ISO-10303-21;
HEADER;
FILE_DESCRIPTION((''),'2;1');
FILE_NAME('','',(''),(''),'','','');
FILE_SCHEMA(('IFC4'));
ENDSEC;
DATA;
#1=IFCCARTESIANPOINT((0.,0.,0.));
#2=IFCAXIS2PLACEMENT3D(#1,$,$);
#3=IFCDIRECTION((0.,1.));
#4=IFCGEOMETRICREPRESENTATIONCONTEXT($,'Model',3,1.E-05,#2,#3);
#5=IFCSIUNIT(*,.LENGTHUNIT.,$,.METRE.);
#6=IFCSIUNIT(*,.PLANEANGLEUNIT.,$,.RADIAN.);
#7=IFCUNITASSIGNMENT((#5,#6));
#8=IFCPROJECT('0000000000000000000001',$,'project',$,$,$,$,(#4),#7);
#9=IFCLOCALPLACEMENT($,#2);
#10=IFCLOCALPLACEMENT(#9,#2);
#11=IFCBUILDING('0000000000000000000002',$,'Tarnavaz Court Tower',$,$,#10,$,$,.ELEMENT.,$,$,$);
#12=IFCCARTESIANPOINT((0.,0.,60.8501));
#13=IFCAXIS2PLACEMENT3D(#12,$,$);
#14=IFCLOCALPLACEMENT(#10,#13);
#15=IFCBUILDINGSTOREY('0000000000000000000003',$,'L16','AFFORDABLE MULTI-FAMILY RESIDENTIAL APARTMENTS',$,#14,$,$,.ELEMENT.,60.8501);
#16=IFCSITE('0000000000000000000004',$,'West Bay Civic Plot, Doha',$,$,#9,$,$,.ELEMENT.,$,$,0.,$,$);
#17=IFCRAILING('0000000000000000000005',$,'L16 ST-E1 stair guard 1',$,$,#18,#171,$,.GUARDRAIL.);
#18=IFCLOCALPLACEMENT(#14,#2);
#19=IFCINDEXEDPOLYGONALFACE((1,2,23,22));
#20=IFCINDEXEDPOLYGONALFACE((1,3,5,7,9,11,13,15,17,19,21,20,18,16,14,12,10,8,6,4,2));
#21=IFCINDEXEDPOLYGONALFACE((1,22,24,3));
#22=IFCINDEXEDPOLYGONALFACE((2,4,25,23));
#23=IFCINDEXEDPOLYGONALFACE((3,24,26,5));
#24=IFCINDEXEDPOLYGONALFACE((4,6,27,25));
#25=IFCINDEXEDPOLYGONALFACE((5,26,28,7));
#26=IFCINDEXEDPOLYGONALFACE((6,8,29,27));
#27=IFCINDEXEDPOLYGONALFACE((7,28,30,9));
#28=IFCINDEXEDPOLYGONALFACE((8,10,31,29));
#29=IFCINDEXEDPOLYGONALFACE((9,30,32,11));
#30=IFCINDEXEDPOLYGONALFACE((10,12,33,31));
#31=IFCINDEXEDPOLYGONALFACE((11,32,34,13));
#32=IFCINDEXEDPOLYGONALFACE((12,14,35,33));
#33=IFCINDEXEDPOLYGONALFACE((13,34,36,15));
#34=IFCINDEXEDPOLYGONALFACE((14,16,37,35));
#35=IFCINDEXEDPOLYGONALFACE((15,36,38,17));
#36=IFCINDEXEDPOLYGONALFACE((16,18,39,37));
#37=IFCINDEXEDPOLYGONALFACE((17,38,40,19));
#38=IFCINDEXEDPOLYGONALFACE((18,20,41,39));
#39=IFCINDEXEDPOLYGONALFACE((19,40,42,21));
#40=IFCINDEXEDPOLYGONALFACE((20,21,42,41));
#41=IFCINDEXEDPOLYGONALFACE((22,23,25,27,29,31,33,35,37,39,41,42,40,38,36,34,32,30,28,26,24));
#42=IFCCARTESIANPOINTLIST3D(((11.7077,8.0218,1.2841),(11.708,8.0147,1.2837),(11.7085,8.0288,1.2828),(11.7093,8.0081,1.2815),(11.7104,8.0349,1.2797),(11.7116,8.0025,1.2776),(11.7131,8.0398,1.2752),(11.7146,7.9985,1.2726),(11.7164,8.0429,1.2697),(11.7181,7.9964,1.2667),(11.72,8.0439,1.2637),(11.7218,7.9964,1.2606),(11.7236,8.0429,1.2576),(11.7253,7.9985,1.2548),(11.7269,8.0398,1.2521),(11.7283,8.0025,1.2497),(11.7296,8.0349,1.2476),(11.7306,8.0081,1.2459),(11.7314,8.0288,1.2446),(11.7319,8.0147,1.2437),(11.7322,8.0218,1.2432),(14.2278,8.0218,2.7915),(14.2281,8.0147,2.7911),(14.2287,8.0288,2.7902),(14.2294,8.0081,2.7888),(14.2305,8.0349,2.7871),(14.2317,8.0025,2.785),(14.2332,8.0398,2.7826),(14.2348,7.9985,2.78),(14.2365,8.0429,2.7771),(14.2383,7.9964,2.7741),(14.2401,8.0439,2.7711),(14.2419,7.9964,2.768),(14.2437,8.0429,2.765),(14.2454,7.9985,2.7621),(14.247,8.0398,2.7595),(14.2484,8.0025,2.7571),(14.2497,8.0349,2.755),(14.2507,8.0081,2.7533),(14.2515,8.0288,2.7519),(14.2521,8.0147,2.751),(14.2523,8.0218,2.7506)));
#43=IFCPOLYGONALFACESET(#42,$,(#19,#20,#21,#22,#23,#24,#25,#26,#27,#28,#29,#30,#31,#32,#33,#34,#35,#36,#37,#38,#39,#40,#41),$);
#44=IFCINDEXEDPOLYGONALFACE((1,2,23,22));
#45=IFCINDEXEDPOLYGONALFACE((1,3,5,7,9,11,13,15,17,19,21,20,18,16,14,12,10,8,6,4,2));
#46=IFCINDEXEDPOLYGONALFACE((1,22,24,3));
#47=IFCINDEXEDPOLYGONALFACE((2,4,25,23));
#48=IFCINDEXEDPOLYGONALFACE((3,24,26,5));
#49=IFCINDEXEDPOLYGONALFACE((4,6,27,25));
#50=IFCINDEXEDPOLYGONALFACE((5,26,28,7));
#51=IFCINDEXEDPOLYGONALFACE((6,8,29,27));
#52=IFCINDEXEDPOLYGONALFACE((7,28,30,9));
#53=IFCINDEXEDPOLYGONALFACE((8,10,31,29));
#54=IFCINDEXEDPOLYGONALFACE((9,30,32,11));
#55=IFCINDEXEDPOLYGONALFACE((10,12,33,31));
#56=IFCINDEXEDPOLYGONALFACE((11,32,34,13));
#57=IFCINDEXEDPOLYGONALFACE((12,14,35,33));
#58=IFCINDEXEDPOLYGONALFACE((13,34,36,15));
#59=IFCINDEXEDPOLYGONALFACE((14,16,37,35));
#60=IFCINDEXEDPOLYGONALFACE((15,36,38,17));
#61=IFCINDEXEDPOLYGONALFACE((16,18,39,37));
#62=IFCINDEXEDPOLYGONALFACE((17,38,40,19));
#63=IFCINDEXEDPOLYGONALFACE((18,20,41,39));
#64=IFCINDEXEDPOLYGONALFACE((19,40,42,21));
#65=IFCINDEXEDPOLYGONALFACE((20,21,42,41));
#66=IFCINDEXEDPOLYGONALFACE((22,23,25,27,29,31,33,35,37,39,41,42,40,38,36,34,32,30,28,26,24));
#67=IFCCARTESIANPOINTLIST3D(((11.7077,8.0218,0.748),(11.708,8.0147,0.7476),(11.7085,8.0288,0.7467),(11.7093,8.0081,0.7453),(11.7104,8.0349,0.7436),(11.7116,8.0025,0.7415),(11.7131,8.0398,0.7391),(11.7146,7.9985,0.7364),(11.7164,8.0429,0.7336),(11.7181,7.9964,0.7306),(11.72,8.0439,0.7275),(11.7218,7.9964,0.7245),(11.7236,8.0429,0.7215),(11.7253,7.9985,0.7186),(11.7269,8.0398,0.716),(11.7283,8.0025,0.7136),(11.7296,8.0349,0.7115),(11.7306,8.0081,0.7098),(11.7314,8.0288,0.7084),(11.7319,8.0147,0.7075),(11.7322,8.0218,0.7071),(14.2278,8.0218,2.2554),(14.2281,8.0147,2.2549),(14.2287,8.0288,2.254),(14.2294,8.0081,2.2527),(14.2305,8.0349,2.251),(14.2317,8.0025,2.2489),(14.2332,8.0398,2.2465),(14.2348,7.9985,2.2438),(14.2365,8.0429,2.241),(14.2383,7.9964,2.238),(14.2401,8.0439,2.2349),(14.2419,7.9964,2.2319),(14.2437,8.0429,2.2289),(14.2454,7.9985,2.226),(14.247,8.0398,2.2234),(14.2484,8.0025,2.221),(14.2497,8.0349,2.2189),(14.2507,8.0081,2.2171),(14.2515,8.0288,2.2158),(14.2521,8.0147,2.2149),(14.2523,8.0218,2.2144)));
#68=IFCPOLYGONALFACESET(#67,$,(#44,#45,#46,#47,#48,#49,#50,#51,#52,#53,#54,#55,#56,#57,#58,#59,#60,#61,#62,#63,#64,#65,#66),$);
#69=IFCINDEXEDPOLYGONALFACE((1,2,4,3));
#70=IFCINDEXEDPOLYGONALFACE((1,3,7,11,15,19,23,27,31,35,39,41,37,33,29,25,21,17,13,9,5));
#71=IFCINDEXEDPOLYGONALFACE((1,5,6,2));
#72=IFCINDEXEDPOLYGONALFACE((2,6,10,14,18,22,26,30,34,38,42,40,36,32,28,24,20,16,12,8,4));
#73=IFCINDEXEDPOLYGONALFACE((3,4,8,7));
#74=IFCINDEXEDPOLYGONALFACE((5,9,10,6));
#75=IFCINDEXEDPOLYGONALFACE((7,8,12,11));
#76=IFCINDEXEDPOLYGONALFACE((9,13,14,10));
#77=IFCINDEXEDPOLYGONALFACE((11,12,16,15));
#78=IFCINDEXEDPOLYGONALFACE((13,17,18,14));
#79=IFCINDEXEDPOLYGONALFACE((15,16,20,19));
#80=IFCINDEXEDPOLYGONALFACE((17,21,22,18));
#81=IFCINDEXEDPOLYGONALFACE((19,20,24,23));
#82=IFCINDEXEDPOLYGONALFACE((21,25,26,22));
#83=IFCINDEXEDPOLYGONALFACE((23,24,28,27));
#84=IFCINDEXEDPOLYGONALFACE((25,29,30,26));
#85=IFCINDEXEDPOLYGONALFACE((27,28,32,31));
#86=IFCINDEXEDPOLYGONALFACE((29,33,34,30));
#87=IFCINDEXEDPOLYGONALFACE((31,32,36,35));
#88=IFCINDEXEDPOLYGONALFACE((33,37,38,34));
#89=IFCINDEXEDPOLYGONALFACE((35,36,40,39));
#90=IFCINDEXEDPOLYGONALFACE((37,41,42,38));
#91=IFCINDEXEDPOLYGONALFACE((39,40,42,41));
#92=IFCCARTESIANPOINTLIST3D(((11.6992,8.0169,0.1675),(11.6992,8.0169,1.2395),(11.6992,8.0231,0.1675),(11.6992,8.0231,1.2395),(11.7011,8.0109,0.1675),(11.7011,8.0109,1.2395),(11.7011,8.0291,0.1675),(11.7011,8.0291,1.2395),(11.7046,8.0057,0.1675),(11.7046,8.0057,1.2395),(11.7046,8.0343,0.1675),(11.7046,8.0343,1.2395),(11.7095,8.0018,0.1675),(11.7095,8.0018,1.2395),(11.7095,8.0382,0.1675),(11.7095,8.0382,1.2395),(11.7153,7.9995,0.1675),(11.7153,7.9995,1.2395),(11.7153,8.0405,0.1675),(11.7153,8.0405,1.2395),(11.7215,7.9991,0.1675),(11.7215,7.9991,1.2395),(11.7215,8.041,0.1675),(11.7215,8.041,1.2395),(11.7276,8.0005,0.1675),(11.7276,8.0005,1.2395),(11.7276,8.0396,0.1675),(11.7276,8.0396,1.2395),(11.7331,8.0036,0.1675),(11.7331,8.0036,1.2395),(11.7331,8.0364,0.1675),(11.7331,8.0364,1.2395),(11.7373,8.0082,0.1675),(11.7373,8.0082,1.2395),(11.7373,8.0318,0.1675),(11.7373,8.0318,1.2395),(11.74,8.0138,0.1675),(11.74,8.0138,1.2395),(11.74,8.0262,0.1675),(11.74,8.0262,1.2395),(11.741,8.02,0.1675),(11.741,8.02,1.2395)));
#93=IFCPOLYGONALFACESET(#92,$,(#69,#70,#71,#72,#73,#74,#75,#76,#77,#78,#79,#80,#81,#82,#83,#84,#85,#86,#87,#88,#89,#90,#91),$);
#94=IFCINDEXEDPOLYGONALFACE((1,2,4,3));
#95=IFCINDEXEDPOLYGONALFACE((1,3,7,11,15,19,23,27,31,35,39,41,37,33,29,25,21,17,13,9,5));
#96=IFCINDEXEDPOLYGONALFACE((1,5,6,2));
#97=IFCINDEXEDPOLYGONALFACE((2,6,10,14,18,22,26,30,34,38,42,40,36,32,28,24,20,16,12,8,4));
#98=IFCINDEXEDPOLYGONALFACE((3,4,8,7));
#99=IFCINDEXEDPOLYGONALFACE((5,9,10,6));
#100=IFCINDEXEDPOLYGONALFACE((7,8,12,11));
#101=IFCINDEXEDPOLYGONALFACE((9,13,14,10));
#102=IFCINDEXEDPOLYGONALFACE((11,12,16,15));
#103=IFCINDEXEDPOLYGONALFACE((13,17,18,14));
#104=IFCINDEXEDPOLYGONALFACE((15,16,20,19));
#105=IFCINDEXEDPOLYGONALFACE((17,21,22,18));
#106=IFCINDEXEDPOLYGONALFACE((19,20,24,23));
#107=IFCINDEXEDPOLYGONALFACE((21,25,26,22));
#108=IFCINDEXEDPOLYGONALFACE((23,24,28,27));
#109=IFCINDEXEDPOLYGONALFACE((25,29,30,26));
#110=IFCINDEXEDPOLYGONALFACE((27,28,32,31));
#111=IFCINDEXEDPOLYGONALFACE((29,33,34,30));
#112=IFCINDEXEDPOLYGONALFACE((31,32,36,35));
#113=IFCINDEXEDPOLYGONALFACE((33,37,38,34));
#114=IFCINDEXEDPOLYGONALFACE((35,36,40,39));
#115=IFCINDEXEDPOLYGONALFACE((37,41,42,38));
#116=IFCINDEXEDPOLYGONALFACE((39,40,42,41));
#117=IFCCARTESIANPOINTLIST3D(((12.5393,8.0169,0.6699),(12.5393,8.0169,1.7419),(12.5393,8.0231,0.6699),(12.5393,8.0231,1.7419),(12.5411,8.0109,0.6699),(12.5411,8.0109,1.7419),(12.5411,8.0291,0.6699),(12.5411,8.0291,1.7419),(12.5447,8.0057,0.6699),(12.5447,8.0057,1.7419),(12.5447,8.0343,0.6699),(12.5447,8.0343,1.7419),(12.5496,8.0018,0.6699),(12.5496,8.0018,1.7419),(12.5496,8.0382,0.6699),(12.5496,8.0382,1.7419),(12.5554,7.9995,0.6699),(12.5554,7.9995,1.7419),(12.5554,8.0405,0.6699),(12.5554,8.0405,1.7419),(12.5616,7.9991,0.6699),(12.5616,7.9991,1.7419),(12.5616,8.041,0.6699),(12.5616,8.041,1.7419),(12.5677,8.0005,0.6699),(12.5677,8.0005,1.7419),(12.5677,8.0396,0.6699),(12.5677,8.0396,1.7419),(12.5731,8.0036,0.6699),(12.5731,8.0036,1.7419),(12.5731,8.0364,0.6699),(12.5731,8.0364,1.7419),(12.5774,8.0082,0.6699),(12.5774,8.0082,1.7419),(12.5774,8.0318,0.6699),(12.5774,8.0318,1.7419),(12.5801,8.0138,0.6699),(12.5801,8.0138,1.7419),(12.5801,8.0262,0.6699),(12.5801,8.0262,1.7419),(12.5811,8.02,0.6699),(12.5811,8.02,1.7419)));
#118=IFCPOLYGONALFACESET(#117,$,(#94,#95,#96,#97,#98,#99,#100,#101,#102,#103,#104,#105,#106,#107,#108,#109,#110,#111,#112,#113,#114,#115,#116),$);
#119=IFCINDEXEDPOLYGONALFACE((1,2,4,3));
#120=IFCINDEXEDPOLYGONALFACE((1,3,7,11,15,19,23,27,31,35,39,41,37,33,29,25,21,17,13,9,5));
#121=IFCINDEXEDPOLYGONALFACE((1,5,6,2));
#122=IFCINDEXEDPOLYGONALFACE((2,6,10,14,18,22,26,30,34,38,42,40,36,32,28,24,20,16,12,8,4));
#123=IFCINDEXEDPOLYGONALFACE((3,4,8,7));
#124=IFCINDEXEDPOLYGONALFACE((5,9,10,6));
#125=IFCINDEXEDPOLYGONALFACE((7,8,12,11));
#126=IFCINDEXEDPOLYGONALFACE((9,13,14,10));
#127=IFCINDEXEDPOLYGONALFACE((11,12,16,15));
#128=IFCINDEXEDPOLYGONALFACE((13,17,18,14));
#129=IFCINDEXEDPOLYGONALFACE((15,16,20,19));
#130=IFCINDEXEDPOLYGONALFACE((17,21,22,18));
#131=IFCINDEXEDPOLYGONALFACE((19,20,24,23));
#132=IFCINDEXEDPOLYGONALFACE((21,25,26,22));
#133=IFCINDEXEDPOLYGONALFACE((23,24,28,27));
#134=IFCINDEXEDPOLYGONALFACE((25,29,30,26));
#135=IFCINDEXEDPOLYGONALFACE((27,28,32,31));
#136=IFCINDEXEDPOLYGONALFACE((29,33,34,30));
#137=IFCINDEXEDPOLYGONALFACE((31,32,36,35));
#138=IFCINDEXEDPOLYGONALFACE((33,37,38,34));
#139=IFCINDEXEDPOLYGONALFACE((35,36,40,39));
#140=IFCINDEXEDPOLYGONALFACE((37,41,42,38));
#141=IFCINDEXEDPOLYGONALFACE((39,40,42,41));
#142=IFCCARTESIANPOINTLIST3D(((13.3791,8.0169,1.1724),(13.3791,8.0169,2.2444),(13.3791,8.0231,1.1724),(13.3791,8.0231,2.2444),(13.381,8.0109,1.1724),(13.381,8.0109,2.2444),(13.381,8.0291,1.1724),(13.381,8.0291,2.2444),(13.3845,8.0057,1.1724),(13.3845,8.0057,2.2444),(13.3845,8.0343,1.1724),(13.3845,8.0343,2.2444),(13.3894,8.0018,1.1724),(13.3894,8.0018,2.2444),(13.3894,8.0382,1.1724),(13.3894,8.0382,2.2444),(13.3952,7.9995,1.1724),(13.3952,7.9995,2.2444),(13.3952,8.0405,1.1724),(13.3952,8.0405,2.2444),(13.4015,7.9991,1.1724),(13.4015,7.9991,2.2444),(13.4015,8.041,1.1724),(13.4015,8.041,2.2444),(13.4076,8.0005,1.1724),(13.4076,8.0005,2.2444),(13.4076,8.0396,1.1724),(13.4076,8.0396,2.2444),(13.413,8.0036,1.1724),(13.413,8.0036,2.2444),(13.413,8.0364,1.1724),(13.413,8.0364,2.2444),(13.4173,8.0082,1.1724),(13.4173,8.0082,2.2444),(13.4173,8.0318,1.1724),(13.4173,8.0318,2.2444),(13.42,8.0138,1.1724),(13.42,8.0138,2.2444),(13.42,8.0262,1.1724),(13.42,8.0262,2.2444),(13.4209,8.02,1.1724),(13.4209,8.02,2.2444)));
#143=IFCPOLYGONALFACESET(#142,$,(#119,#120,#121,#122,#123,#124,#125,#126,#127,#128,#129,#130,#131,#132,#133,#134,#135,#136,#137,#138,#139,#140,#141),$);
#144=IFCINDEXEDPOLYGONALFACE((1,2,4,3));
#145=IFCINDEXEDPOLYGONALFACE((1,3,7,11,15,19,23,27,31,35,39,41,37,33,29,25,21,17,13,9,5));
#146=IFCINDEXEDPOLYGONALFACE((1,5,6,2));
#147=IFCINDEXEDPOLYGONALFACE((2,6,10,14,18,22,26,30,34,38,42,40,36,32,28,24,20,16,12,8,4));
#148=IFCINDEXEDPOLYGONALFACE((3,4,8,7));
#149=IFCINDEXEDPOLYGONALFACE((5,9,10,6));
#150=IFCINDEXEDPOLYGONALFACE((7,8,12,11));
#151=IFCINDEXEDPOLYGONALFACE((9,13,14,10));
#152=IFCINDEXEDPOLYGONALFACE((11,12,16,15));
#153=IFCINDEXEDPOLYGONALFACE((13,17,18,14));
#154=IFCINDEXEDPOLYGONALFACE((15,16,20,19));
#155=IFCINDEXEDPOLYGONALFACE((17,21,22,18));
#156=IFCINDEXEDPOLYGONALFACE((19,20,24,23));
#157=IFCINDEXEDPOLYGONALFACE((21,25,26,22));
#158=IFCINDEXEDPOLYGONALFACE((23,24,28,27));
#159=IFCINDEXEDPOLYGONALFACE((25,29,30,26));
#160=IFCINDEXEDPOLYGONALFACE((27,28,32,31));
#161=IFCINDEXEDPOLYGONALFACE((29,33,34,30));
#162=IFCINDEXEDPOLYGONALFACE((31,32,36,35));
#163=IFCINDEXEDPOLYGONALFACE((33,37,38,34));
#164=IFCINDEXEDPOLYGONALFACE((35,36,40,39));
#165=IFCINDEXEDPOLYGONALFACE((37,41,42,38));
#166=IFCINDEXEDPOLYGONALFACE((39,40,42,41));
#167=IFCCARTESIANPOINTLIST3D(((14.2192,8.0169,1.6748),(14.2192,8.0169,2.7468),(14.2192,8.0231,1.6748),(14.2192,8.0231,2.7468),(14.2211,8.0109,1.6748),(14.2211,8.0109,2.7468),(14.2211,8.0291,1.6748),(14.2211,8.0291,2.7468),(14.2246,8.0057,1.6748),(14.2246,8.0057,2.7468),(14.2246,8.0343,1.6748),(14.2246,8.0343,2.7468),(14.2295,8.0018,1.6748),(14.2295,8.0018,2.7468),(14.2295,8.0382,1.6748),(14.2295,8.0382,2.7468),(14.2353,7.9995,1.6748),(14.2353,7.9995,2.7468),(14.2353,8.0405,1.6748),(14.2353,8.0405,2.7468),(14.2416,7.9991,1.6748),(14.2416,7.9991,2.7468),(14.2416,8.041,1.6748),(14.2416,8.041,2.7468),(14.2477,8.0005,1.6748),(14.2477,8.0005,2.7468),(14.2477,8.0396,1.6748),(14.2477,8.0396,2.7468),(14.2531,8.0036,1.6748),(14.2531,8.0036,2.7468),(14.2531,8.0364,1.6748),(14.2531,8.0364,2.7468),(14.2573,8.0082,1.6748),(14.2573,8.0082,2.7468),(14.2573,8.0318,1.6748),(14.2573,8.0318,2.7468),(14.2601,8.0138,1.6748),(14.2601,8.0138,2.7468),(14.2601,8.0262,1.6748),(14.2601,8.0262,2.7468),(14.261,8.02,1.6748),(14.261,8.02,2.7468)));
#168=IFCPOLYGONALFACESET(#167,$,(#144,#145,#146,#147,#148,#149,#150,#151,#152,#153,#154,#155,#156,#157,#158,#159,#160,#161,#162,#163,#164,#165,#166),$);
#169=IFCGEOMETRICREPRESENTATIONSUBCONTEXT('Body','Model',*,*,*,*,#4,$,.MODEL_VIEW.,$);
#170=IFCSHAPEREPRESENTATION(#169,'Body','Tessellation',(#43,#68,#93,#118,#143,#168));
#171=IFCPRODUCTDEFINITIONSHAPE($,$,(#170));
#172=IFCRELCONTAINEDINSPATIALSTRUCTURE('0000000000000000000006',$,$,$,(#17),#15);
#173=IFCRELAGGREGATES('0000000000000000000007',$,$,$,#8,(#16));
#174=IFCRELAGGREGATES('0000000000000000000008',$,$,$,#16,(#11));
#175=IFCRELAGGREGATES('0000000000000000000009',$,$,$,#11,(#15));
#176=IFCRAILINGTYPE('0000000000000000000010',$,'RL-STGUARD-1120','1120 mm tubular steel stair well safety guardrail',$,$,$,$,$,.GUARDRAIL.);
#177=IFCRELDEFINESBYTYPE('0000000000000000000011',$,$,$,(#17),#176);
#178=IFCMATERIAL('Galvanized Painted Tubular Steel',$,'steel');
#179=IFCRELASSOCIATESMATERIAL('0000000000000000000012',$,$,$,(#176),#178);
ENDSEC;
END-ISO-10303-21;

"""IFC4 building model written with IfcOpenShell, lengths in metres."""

from ifc_helpers import new_model, si_unit, direction, frame, origin, origin_2d, place, context, subcontext, project, spatial, circle, extrude, material, type_object, element, save


model = new_model("IFC4")

# Units and contexts
model_context = context("Model", 3, precision=1e-05, world=origin(), true_north=direction((0.0, 1.0)))
body_context = subcontext(model_context, "Body", "Model", "MODEL_VIEW")
ifc_project = project(units=[si_unit("LENGTHUNIT", "METRE"), si_unit("PLANEANGLEUNIT", "RADIAN")], contexts=[model_context])

# Site, building, storey
site_placement = place(None, origin())
site = spatial("IfcSite", under=ifc_project, at=site_placement, Name="West Bay Civic Plot, Doha", CompositionType="ELEMENT", RefElevation=0.0)
building_placement = place(site_placement, origin())
building = spatial("IfcBuilding", under=site, at=building_placement, Name="Tarnavaz Court Tower", CompositionType="ELEMENT")
storey_placement = place(building_placement, frame((0.0, 0.0, 60.8501)))
storey = spatial("IfcBuildingStorey", under=building, at=storey_placement, Name="L16", Description="AFFORDABLE MULTI-FAMILY RESIDENTIAL APARTMENTS", CompositionType="ELEMENT", Elevation=60.8501)

# Railing
ifc_material_1 = material(Name="Galvanized Painted Tubular Steel", Category="steel")
railing_type_1 = type_object("IfcRailingType", Name="RL-STGUARD-1120", Description="1120 mm tubular steel stair well safety guardrail", PredefinedType="GUARDRAIL", material=ifc_material_1)
railing_1_placement = place(storey_placement, frame((11.72, 8.02, 0.1675)))
element("IfcRailing", 1, at=railing_1_placement, inside=storey, type_object=railing_type_1, Name="L16 ST-E1 stair guard 1", PredefinedType="GUARDRAIL", context=body_context, shape_type="SweptSolid", body=[
    extrude(circle(Radius=0.0239, at=origin_2d()), frame((0.0, 0.0, 1.0962), z_axis=(0.858196, 0.0, 0.513321), x_axis=(0.0, 1.0, 0.0)), (0.0, 0.0, 1.0), 2.9365),
    extrude(circle(Radius=0.0239, at=origin_2d()), frame((0.0, 0.0, 0.5601), z_axis=(0.858196, 0.0, 0.513321), x_axis=(0.0, 1.0, 0.0)), (0.0, 0.0, 1.0), 2.9365),
    extrude(circle(Radius=0.021, at=origin_2d()), origin(), (0.0, 0.0, 1.0), 1.072),
    extrude(circle(Radius=0.021, at=origin_2d()), frame((0.8401, 0.0, 0.5024)), (0.0, 0.0, 1.0), 1.072),
    extrude(circle(Radius=0.021, at=origin_2d()), frame((1.6799, 0.0, 1.0049)), (0.0, 0.0, 1.0), 1.072),
    extrude(circle(Radius=0.021, at=origin_2d()), frame((2.52, 0.0, 1.5073)), (0.0, 0.0, 1.0), 1.072),
])

save(model, "model.ifc")
